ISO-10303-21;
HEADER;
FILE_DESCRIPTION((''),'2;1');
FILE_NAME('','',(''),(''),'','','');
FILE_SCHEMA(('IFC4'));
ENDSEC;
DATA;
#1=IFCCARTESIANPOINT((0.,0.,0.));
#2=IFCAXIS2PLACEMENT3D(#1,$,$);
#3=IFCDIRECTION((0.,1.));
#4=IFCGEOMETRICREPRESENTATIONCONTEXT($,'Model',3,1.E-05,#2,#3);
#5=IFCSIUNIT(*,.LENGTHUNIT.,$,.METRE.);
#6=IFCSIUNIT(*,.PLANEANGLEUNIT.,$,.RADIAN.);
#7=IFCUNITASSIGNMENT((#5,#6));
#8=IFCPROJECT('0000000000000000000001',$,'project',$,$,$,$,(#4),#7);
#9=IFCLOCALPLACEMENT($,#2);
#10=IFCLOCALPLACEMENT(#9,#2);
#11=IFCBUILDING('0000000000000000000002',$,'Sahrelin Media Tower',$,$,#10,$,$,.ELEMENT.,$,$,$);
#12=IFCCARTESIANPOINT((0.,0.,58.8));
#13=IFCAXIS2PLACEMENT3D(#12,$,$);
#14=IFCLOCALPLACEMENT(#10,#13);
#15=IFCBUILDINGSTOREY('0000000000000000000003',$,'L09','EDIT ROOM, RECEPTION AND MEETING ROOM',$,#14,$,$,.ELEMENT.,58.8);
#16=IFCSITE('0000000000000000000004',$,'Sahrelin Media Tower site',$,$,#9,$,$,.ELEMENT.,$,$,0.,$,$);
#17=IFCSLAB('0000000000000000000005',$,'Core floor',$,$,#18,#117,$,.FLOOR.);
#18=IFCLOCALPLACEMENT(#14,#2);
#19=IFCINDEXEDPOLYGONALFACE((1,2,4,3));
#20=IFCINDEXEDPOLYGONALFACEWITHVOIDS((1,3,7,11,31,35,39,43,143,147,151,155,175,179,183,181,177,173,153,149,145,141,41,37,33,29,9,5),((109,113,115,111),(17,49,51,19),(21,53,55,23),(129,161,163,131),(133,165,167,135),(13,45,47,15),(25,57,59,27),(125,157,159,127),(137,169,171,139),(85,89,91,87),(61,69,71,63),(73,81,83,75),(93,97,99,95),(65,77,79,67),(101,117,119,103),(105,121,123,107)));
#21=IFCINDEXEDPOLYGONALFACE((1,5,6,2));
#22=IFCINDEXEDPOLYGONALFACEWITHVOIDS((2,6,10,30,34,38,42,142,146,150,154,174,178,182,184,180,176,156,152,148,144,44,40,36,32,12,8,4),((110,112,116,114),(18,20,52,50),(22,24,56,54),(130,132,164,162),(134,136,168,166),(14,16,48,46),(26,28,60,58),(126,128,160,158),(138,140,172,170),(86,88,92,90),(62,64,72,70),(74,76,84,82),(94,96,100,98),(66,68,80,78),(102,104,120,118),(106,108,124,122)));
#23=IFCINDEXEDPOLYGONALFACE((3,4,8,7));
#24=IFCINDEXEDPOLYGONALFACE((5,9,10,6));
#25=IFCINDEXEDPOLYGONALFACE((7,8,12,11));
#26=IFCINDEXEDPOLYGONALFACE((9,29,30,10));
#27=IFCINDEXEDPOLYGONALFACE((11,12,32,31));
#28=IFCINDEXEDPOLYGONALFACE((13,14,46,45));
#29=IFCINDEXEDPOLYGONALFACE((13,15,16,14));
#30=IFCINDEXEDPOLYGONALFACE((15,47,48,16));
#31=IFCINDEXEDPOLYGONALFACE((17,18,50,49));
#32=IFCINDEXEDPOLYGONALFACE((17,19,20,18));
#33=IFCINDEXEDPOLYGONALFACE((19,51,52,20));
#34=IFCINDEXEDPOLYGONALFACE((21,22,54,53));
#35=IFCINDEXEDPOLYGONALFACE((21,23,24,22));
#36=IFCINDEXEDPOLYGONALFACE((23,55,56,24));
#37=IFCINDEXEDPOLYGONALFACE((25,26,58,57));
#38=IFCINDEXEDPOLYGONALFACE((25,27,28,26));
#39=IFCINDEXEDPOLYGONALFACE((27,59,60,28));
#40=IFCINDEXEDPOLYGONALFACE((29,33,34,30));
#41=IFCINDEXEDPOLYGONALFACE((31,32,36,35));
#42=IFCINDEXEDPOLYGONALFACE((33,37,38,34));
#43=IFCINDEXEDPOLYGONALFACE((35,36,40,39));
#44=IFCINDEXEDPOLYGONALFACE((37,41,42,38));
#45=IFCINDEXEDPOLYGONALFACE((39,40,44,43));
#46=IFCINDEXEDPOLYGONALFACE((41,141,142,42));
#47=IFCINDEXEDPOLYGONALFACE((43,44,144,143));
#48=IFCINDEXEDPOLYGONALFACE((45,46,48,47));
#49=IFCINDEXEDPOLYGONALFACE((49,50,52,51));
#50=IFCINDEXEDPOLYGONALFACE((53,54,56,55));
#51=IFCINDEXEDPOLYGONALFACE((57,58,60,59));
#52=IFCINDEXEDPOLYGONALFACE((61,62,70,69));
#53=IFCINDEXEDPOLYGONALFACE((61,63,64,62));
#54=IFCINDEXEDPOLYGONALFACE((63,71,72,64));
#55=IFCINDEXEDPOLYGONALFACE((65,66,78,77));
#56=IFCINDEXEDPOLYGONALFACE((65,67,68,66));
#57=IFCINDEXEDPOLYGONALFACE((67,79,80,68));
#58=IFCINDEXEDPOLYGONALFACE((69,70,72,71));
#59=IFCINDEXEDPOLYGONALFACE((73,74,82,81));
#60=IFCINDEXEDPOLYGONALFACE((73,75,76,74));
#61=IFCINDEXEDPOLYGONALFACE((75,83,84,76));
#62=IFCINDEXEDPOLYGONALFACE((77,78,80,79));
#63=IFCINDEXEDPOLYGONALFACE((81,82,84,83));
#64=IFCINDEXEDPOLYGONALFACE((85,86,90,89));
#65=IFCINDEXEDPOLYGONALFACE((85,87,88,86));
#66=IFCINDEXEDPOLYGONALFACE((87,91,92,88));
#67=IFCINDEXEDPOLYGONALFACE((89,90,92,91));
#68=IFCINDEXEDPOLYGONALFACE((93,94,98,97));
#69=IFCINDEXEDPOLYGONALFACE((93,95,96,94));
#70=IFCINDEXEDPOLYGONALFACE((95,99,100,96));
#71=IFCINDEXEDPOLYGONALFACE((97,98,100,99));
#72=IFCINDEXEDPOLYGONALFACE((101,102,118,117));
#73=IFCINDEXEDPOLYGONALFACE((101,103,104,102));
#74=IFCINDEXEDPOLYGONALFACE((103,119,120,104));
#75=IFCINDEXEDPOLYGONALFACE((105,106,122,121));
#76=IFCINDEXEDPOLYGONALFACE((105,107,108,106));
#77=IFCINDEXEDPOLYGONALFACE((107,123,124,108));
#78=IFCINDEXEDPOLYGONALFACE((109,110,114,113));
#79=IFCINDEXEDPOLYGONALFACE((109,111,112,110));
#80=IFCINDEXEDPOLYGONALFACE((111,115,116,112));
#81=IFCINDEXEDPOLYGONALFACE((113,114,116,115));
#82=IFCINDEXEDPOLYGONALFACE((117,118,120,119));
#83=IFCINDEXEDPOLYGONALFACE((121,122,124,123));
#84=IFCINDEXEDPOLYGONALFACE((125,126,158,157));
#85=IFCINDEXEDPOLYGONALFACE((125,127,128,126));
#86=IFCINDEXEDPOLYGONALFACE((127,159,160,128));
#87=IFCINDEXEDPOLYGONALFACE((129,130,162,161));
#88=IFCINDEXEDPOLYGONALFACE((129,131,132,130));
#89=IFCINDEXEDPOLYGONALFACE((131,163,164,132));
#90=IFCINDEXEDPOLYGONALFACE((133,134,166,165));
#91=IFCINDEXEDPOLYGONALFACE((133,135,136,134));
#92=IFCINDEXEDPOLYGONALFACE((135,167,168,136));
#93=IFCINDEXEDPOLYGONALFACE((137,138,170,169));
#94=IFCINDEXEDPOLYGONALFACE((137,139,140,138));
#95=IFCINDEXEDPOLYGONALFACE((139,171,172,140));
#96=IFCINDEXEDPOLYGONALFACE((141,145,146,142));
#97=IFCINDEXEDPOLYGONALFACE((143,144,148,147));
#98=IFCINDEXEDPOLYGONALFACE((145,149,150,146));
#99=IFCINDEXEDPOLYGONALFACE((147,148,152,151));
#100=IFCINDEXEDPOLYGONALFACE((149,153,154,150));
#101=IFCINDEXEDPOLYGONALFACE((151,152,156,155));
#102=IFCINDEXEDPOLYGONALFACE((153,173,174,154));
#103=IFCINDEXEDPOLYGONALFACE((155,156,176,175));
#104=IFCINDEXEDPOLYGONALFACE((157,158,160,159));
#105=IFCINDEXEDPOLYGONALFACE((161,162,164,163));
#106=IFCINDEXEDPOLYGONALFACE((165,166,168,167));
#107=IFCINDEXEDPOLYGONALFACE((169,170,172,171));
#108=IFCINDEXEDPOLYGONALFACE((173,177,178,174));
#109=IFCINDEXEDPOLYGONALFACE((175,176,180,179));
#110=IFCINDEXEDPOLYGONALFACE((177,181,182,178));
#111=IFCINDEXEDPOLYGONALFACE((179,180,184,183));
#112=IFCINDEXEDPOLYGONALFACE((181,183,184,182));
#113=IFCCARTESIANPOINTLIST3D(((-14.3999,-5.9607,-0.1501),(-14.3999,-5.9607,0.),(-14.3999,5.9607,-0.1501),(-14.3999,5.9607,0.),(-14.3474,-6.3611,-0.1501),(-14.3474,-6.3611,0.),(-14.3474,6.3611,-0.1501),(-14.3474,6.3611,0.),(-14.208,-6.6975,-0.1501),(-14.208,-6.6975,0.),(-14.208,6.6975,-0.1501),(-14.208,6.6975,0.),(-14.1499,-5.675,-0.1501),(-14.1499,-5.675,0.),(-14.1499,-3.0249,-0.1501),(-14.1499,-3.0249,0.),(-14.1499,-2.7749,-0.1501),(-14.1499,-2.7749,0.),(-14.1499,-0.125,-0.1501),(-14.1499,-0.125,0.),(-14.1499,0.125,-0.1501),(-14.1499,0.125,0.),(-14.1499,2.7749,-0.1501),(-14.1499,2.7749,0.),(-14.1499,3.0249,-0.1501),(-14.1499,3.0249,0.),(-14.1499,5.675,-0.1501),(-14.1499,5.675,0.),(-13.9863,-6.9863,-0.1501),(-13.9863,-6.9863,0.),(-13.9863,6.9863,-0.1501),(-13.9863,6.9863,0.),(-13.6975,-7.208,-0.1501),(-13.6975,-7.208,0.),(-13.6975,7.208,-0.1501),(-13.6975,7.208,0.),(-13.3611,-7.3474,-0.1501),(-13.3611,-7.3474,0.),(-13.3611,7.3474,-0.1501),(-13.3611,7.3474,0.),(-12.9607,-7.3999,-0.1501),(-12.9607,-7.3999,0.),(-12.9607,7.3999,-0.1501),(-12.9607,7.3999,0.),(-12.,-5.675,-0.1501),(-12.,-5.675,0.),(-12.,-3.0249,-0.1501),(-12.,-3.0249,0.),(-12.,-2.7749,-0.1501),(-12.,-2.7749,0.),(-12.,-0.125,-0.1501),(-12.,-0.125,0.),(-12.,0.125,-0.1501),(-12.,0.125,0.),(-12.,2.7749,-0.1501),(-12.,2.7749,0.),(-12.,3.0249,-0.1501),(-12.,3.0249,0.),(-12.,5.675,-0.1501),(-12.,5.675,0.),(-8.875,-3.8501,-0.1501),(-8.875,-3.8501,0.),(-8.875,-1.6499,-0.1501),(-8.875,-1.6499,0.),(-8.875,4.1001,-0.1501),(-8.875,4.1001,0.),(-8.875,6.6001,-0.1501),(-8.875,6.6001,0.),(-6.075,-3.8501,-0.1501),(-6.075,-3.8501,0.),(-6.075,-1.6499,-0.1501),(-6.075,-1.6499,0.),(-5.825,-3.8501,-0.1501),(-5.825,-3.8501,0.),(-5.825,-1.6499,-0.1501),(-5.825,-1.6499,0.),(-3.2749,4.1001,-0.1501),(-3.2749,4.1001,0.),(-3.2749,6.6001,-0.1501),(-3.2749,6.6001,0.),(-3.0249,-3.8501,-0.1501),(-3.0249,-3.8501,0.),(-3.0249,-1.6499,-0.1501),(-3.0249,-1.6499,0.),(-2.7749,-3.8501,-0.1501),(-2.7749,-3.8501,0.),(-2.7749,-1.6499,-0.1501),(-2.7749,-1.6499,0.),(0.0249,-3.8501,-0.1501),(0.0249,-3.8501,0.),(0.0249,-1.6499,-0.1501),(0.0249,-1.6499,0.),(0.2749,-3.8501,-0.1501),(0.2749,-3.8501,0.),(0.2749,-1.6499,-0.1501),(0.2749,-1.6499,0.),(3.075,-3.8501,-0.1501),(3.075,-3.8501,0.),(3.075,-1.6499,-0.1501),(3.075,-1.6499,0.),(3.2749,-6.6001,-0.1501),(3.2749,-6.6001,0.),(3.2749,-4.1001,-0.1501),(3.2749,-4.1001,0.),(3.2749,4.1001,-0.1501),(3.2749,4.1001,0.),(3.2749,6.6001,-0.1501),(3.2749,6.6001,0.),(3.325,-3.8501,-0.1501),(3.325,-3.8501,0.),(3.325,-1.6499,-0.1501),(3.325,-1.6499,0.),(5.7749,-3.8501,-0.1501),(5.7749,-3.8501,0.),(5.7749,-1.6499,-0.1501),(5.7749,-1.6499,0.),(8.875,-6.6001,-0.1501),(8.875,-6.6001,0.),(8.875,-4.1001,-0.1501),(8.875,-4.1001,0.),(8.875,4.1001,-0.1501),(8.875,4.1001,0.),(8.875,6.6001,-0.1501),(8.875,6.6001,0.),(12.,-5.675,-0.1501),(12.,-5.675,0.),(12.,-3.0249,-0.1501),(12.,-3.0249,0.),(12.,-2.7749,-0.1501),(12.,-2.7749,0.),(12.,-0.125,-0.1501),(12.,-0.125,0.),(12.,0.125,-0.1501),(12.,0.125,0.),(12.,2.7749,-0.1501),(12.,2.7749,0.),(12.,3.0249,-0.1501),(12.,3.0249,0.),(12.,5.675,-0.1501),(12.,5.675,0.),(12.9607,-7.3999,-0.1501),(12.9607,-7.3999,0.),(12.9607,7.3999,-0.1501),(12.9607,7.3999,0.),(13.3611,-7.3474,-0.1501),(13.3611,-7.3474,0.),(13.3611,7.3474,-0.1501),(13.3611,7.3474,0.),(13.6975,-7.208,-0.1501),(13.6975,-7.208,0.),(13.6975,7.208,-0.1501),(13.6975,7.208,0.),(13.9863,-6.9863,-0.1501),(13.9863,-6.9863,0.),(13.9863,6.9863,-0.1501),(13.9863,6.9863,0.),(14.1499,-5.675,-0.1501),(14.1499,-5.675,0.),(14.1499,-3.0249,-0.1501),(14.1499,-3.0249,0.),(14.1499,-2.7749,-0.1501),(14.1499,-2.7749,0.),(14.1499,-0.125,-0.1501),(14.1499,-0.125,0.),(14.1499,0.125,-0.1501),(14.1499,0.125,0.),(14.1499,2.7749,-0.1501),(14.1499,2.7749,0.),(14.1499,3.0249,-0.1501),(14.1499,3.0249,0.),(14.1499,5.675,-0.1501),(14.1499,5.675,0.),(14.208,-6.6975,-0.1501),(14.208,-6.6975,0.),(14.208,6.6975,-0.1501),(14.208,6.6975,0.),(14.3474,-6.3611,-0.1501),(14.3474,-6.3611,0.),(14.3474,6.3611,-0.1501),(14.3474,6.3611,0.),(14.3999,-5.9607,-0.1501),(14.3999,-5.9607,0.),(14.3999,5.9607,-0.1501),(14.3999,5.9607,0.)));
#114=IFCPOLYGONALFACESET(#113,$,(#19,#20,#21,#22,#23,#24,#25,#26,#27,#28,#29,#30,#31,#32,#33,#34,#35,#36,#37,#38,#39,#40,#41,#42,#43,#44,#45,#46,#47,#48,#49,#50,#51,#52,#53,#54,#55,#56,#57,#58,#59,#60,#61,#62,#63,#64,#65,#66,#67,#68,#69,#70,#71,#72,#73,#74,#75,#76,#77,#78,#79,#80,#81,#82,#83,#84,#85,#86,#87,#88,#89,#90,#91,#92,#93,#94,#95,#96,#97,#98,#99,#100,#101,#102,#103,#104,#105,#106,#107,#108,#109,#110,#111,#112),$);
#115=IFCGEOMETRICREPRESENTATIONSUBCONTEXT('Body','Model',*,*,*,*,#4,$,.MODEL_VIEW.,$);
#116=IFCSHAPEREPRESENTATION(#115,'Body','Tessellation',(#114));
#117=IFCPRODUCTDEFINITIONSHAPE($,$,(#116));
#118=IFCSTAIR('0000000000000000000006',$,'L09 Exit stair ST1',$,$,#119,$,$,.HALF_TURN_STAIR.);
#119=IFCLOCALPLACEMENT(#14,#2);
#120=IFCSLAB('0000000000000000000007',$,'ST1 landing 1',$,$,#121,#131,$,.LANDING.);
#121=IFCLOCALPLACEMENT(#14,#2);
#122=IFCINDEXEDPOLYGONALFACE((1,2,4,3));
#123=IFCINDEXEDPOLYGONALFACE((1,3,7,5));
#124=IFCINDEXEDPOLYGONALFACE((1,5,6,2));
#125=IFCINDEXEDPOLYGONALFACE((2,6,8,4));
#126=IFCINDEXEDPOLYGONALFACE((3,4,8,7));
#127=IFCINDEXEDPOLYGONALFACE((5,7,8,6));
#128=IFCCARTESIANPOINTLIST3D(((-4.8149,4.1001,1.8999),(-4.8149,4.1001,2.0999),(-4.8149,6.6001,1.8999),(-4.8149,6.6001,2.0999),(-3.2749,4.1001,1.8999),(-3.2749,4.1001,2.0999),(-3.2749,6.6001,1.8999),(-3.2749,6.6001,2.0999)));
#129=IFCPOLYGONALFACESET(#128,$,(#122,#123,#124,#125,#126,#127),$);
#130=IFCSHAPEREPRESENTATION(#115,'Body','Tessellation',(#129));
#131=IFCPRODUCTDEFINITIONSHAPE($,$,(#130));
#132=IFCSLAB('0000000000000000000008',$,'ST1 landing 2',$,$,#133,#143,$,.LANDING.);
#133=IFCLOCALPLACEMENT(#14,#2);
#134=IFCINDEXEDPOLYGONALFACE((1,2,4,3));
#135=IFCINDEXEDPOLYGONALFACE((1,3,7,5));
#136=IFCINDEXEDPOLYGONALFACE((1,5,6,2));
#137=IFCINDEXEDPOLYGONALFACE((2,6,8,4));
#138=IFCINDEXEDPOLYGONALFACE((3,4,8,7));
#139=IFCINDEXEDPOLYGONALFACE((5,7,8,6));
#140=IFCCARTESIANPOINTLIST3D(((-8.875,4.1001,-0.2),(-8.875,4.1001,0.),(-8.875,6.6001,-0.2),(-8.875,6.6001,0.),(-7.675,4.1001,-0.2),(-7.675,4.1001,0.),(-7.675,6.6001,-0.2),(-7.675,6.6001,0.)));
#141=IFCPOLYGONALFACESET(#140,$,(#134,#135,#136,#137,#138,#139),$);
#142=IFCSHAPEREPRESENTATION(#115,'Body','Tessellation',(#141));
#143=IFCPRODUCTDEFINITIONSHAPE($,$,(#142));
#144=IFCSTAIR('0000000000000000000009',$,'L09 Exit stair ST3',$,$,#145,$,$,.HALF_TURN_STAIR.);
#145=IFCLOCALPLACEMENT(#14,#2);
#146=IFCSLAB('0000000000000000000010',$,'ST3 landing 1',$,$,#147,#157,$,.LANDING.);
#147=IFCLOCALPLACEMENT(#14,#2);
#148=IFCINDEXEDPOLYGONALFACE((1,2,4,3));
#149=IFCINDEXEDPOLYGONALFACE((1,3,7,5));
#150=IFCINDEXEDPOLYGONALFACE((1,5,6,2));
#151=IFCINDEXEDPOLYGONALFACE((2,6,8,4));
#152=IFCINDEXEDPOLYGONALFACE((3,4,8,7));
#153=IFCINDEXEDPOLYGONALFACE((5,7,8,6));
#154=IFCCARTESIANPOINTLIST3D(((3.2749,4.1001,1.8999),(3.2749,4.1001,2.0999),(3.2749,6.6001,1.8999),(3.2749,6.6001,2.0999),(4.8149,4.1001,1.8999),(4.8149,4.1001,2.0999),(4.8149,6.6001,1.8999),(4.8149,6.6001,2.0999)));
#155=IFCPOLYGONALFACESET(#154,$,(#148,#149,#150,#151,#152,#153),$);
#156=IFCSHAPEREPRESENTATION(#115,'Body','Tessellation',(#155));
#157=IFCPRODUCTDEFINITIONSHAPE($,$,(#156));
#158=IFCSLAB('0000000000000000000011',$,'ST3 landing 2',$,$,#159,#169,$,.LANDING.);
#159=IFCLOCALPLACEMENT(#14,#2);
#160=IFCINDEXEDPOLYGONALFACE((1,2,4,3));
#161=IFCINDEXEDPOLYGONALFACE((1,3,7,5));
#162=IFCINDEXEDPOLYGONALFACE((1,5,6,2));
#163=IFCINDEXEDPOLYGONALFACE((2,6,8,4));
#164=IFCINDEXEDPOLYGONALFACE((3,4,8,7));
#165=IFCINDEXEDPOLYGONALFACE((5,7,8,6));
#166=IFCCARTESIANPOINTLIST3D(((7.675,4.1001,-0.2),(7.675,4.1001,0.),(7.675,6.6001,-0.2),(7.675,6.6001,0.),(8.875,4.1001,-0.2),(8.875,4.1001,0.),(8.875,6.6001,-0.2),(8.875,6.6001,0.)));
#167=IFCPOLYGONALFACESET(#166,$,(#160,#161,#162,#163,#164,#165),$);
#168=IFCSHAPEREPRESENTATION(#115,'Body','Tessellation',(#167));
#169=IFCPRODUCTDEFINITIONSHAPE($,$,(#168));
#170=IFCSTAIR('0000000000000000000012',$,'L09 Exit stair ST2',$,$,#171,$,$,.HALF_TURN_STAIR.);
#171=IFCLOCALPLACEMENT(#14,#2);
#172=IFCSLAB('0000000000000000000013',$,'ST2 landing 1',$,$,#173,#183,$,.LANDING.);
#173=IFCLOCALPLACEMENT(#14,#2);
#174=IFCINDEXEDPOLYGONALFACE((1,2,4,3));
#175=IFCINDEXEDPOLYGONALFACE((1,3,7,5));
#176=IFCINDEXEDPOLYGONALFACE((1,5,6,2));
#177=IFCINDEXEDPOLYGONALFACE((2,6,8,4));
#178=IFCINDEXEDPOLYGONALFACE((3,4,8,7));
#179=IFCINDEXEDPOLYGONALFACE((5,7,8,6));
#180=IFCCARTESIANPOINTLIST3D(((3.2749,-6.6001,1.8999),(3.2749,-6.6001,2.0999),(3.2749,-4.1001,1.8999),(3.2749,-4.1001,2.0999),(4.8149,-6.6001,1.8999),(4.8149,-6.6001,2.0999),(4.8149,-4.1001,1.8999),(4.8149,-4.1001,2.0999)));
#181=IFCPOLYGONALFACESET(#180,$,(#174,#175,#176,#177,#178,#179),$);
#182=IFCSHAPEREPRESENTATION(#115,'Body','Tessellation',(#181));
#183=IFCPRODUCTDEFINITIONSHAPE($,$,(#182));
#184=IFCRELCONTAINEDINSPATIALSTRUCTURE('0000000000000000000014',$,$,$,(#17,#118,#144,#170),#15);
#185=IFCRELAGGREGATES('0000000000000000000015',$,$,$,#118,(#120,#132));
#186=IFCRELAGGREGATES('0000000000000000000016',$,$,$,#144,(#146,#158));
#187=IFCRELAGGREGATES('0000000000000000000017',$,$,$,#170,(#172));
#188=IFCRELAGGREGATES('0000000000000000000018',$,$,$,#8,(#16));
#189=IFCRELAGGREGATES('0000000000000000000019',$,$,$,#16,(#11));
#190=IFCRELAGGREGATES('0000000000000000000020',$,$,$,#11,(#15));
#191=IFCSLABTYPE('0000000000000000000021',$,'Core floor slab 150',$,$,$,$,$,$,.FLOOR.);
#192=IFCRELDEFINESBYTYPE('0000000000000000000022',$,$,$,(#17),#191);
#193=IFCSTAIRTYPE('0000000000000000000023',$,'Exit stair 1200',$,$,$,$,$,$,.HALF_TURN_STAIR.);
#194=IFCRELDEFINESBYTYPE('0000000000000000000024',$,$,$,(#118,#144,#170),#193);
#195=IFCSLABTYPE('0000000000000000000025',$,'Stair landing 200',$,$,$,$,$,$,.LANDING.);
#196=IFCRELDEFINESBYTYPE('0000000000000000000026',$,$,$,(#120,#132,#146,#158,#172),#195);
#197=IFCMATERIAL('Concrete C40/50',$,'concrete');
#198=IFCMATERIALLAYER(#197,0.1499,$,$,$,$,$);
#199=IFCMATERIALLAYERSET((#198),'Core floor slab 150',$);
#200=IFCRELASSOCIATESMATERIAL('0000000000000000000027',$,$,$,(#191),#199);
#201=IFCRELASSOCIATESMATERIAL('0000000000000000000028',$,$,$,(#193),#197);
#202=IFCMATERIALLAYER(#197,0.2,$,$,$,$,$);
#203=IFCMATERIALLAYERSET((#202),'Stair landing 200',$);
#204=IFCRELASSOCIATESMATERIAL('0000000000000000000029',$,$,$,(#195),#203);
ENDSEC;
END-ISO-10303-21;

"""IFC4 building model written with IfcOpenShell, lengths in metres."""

from ifc_helpers import new_model, si_unit, direction, frame, origin, place, context, subcontext, project, spatial, polyline, outline, extrude, material, layer, layer_set, type_object, element, aggregate, save


model = new_model("IFC4")

# Units and contexts
model_context = context("Model", 3, precision=1e-05, world=origin(), true_north=direction((0.0, 1.0)))
body_context = subcontext(model_context, "Body", "Model", "MODEL_VIEW")
ifc_project = project(units=[si_unit("LENGTHUNIT", "METRE"), si_unit("PLANEANGLEUNIT", "RADIAN")], contexts=[model_context])

# Site, building, storey
site_placement = place(None, origin())
site = spatial("IfcSite", under=ifc_project, at=site_placement, Name="Sahrelin Media Tower site", CompositionType="ELEMENT", RefElevation=0.0)
building_placement = place(site_placement, origin())
building = spatial("IfcBuilding", under=site, at=building_placement, Name="Sahrelin Media Tower", CompositionType="ELEMENT")
storey_placement = place(building_placement, frame((0.0, 0.0, 58.8)))
storey = spatial("IfcBuildingStorey", under=building, at=storey_placement, Name="L09", Description="EDIT ROOM, RECEPTION AND MEETING ROOM", CompositionType="ELEMENT", Elevation=58.8)

# Slab
ifc_material_1 = material(Name="Concrete C40/50", Category="concrete")
ifc_layer_1 = layer(ifc_material_1, 0.1499)
ifc_layer_set_1 = layer_set([ifc_layer_1], Name="Core floor slab 150")
slab_type_1 = type_object("IfcSlabType", Name="Core floor slab 150", PredefinedType="FLOOR", material=ifc_layer_set_1)
slab_1_placement = place(storey_placement, frame((0.0, 0.0, -0.1501)))
element("IfcSlab", 1, at=slab_1_placement, inside=storey, type_object=slab_type_1, Name="Core floor", PredefinedType="FLOOR", context=body_context, shape_type="SweptSolid", body=[
    extrude(outline(polyline([(-14.3474, 6.3611), (-14.3999, 5.9607), (-14.3999, -5.9607), (-14.3474, -6.3611), (-14.208, -6.6975), (-13.9863, -6.9863), (-13.6975, -7.208), (-13.3611, -7.3474), (-12.9607, -7.3999), (12.9607, -7.3999), (13.3611, -7.3474), (13.6975, -7.208), (13.9863, -6.9863), (14.208, -6.6975), (14.3474, -6.3611), (14.3999, -5.9607), (14.3999, 5.9607), (14.3474, 6.3611), (14.208, 6.6975), (13.9863, 6.9863), (13.6975, 7.208), (13.3611, 7.3474), (12.9607, 7.3999), (-12.9607, 7.3999), (-13.3611, 7.3474), (-13.6975, 7.208), (-13.9863, 6.9863), (-14.208, 6.6975), (-14.3474, 6.3611)]), holes=[polyline([(-12.0, 3.0249), (-12.0, 5.675), (-14.1499, 5.675), (-14.1499, 3.0249), (-12.0, 3.0249)]), polyline([(-14.1499, 0.125), (-12.0, 0.125), (-12.0, 2.7749), (-14.1499, 2.7749), (-14.1499, 0.125)]), polyline([(-14.1499, -0.125), (-14.1499, -2.7749), (-12.0, -2.7749), (-12.0, -0.125), (-14.1499, -0.125)]), polyline([(-12.0, -3.0249), (-14.1499, -3.0249), (-14.1499, -5.675), (-12.0, -5.675), (-12.0, -3.0249)]), polyline([(14.1499, 3.0249), (14.1499, 5.675), (12.0, 5.675), (12.0, 3.0249), (14.1499, 3.0249)]), polyline([(12.0, 0.125), (14.1499, 0.125), (14.1499, 2.7749), (12.0, 2.7749), (12.0, 0.125)]), polyline([(12.0, -0.125), (12.0, -2.7749), (14.1499, -2.7749), (14.1499, -0.125), (12.0, -0.125)]), polyline([(14.1499, -3.0249), (12.0, -3.0249), (12.0, -5.675), (14.1499, -5.675), (14.1499, -3.0249)]), polyline([(-6.075, -3.8501), (-6.075, -1.6499), (-8.875, -1.6499), (-8.875, -3.8501), (-6.075, -3.8501)]), polyline([(-5.825, -3.8501), (-3.0249, -3.8501), (-3.0249, -1.6499), (-5.825, -1.6499), (-5.825, -3.8501)]), polyline([(-2.7749, -1.6499), (-2.7749, -3.8501), (0.0249, -3.8501), (0.0249, -1.6499), (-2.7749, -1.6499)]), polyline([(3.075, -1.6499), (0.2749, -1.6499), (0.2749, -3.8501), (3.075, -3.8501), (3.075, -1.6499)]), polyline([(5.7749, -3.8501), (5.7749, -1.6499), (3.325, -1.6499), (3.325, -3.8501), (5.7749, -3.8501)]), polyline([(-8.875, 6.6001), (-8.875, 4.1001), (-3.2749, 4.1001), (-3.2749, 6.6001), (-8.875, 6.6001)]), polyline([(3.2749, 4.1001), (8.875, 4.1001), (8.875, 6.6001), (3.2749, 6.6001), (3.2749, 4.1001)]), polyline([(3.2749, -4.1001), (3.2749, -6.6001), (8.875, -6.6001), (8.875, -4.1001), (3.2749, -4.1001)])]), origin(), (0.0, 0.0, 1.0), 0.1501),
])

# Stairs, slabs
stair_type = type_object("IfcStairType", Name="Exit stair 1200", PredefinedType="HALF_TURN_STAIR", material=ifc_material_1)
placement_1 = place(storey_placement, origin())
stair_1 = element("IfcStair", 2, at=placement_1, inside=storey, type_object=stair_type, Name="L09 Exit stair ST1", PredefinedType="HALF_TURN_STAIR")
ifc_layer_2 = layer(ifc_material_1, 0.2)
ifc_layer_set_2 = layer_set([ifc_layer_2], Name="Stair landing 200")
slab_type_2 = type_object("IfcSlabType", Name="Stair landing 200", PredefinedType="LANDING", material=ifc_layer_set_2)
placement_2 = place(storey_placement, frame((0.0, 0.0, 1.8999)))
slab_2 = element("IfcSlab", 3, at=placement_2, type_object=slab_type_2, Name="ST1 landing 1", PredefinedType="LANDING", context=body_context, shape_type="SweptSolid", body=[
    extrude(outline(polyline([(-4.8149, 4.1001), (-3.2749, 4.1001), (-3.2749, 6.6001), (-4.8149, 6.6001), (-4.8149, 4.1001)])), origin(), (0.0, 0.0, 1.0), 0.2),
])
placement_3 = place(storey_placement, frame((0.0, 0.0, -0.2)))
slab_3 = element("IfcSlab", 4, at=placement_3, type_object=slab_type_2, Name="ST1 landing 2", PredefinedType="LANDING", context=body_context, shape_type="SweptSolid", body=[
    extrude(outline(polyline([(-8.875, 4.1001), (-7.675, 4.1001), (-7.675, 6.6001), (-8.875, 6.6001), (-8.875, 4.1001)])), origin(), (0.0, 0.0, 1.0), 0.2),
])
aggregate(stair_1, [slab_2, slab_3])
stair_2 = element("IfcStair", 5, at=placement_1, inside=storey, type_object=stair_type, Name="L09 Exit stair ST3", PredefinedType="HALF_TURN_STAIR")
slab_4 = element("IfcSlab", 6, at=placement_2, type_object=slab_type_2, Name="ST3 landing 1", PredefinedType="LANDING", context=body_context, shape_type="SweptSolid", body=[
    extrude(outline(polyline([(4.8149, 6.6001), (3.2749, 6.6001), (3.2749, 4.1001), (4.8149, 4.1001), (4.8149, 6.6001)])), origin(), (0.0, 0.0, 1.0), 0.2),
])
slab_5 = element("IfcSlab", 7, at=placement_3, type_object=slab_type_2, Name="ST3 landing 2", PredefinedType="LANDING", context=body_context, shape_type="SweptSolid", body=[
    extrude(outline(polyline([(8.875, 6.6001), (7.675, 6.6001), (7.675, 4.1001), (8.875, 4.1001), (8.875, 6.6001)])), origin(), (0.0, 0.0, 1.0), 0.2),
])
aggregate(stair_2, [slab_4, slab_5])
stair_3 = element("IfcStair", 8, at=placement_1, inside=storey, type_object=stair_type, Name="L09 Exit stair ST2", PredefinedType="HALF_TURN_STAIR")
slab_6 = element("IfcSlab", 9, at=placement_2, type_object=slab_type_2, Name="ST2 landing 1", PredefinedType="LANDING", context=body_context, shape_type="SweptSolid", body=[
    extrude(outline(polyline([(4.8149, -4.1001), (3.2749, -4.1001), (3.2749, -6.6001), (4.8149, -6.6001), (4.8149, -4.1001)])), origin(), (0.0, 0.0, 1.0), 0.2),
])
aggregate(stair_3, [slab_6])

save(model, "model.ifc")
